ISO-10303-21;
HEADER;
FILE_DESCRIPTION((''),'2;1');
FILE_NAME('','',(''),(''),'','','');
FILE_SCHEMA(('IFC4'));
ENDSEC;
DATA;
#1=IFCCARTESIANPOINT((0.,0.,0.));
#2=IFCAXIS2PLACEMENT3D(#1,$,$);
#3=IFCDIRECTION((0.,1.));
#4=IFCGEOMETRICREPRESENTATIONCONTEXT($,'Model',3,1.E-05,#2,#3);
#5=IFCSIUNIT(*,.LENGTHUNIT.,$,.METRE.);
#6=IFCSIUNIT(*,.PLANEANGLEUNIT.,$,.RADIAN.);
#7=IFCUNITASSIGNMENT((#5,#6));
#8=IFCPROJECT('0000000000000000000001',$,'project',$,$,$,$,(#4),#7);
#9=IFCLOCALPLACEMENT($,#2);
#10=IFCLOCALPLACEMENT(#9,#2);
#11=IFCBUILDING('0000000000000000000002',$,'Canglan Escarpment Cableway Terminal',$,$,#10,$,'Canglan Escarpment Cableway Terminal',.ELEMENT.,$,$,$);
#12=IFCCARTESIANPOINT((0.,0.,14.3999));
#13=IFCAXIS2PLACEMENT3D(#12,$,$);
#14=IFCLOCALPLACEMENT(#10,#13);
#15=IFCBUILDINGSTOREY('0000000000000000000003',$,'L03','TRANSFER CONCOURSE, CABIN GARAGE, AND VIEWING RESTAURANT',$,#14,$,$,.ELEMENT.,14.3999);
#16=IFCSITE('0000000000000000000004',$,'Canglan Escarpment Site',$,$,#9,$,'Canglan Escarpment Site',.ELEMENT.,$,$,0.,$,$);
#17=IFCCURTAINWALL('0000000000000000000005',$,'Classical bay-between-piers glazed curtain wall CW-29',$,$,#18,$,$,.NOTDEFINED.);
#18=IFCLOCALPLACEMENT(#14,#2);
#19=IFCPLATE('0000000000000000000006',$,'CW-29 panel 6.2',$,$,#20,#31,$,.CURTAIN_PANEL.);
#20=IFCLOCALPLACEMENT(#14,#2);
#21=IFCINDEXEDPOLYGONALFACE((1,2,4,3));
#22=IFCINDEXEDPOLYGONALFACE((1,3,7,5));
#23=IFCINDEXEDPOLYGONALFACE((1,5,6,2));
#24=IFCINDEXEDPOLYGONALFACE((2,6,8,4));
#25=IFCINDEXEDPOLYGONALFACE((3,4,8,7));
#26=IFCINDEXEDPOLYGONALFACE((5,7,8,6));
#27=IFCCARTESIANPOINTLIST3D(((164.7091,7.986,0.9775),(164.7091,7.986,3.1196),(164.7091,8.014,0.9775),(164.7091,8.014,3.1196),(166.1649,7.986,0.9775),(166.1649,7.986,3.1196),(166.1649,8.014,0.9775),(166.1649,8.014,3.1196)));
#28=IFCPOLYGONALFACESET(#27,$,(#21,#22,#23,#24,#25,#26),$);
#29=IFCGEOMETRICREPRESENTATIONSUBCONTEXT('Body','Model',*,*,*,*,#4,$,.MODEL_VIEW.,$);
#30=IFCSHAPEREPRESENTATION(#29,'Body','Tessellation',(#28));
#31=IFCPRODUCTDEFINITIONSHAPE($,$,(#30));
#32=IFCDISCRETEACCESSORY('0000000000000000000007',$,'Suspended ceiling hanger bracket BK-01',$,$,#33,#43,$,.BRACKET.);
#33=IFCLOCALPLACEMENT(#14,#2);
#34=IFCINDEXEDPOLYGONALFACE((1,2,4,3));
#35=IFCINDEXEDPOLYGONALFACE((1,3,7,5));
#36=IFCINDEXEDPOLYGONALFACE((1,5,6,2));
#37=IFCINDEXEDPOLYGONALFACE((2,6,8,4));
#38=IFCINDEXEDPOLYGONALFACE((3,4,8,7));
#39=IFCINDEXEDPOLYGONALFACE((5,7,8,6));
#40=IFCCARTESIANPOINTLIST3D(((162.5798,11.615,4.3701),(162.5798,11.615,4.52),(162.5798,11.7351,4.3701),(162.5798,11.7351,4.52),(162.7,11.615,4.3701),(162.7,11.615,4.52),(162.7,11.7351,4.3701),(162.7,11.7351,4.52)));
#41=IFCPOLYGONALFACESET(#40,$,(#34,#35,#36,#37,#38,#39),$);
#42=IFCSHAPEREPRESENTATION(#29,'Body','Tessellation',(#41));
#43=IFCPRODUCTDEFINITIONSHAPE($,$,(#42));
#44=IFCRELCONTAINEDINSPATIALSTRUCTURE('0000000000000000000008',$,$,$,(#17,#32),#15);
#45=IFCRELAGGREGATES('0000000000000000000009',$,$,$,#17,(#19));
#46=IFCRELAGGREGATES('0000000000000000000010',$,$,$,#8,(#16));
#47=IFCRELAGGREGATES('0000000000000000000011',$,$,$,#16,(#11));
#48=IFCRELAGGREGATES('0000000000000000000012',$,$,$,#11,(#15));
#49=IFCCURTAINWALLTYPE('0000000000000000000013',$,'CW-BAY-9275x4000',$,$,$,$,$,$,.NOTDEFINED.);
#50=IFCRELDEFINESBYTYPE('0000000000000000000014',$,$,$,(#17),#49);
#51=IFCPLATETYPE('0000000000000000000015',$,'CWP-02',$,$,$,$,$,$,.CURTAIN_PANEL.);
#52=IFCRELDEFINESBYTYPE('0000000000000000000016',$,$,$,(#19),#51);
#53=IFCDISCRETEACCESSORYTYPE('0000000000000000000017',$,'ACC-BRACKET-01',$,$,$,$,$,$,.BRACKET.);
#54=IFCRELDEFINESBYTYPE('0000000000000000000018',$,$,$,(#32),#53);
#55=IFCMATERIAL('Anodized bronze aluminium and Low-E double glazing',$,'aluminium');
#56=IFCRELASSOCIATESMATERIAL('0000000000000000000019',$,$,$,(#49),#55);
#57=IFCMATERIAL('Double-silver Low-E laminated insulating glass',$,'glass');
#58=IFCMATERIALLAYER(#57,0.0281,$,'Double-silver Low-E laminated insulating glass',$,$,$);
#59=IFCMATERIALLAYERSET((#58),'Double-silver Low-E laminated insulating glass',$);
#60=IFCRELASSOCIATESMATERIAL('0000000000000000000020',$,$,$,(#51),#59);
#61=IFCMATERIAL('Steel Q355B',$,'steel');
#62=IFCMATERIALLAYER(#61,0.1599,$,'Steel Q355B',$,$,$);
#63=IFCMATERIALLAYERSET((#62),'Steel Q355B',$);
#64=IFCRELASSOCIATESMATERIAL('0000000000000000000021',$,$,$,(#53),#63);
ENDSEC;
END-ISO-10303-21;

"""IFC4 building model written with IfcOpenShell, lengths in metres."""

from ifc_helpers import new_model, si_unit, direction, frame, origin, origin_2d, place, context, subcontext, project, spatial, rectangle, extrude, material, layer, layer_set, type_object, element, aggregate, save


model = new_model("IFC4")

# Units and contexts
model_context = context("Model", 3, precision=1e-05, world=origin(), true_north=direction((0.0, 1.0)))
body_context = subcontext(model_context, "Body", "Model", "MODEL_VIEW")
ifc_project = project(units=[si_unit("LENGTHUNIT", "METRE"), si_unit("PLANEANGLEUNIT", "RADIAN")], contexts=[model_context])

# Site, building, storey
site_placement = place(None, origin())
site = spatial("IfcSite", under=ifc_project, at=site_placement, Name="Canglan Escarpment Site", LongName="Canglan Escarpment Site", CompositionType="ELEMENT", RefElevation=0.0)
building_placement = place(site_placement, origin())
building = spatial("IfcBuilding", under=site, at=building_placement, Name="Canglan Escarpment Cableway Terminal", LongName="Canglan Escarpment Cableway Terminal", CompositionType="ELEMENT")
storey_placement = place(building_placement, frame((0.0, 0.0, 14.3999)))
storey = spatial("IfcBuildingStorey", under=building, at=storey_placement, Name="L03", Description="TRANSFER CONCOURSE, CABIN GARAGE, AND VIEWING RESTAURANT", CompositionType="ELEMENT", Elevation=14.3999)

# Curtain wall, plate
ifc_material_1 = material(Name="Anodized bronze aluminium and Low-E double glazing", Category="aluminium")
curtain_wall_type = type_object("IfcCurtainWallType", Name="CW-BAY-9275x4000", PredefinedType="NOTDEFINED", material=ifc_material_1)
curtain_wall_placement = place(storey_placement, origin())
curtain_wall = element("IfcCurtainWall", 1, at=curtain_wall_placement, inside=storey, type_object=curtain_wall_type, Name="Classical bay-between-piers glazed curtain wall CW-29", PredefinedType="NOTDEFINED")
ifc_material_2 = material(Name="Double-silver Low-E laminated insulating glass", Category="glass")
ifc_layer_1 = layer(ifc_material_2, 0.0281, Name="Double-silver Low-E laminated insulating glass")
ifc_layer_set_1 = layer_set([ifc_layer_1], Name="Double-silver Low-E laminated insulating glass")
plate_type = type_object("IfcPlateType", Name="CWP-02", PredefinedType="CURTAIN_PANEL", material=ifc_layer_set_1)
plate_1_placement = place(storey_placement, frame((165.437, 8.0, 0.9775), z_axis=(0.0, 0.0, 1.0), x_axis=(1.0, 0.0, 0.0)))
plate_1 = element("IfcPlate", 2, at=plate_1_placement, type_object=plate_type, Name="CW-29 panel 6.2", PredefinedType="CURTAIN_PANEL", context=body_context, shape_type="SweptSolid", body=[
    extrude(rectangle(XDim=1.4558, YDim=0.0281, at=origin_2d()), origin(), (0.0, 0.0, 1.0), 2.1421),
])
aggregate(curtain_wall, [plate_1])

# Discrete accessory
ifc_material_3 = material(Name="Steel Q355B", Category="steel")
ifc_layer_2 = layer(ifc_material_3, 0.1599, Name="Steel Q355B")
ifc_layer_set_2 = layer_set([ifc_layer_2], Name="Steel Q355B")
discrete_accessory_type = type_object("IfcDiscreteAccessoryType", Name="ACC-BRACKET-01", PredefinedType="BRACKET", material=ifc_layer_set_2)
discrete_accessory_placement = place(storey_placement, frame((162.6399, 11.675, 4.3701), z_axis=(0.0, 0.0, 1.0), x_axis=(1.0, 0.0, 0.0)))
element("IfcDiscreteAccessory", 3, at=discrete_accessory_placement, inside=storey, type_object=discrete_accessory_type, Name="Suspended ceiling hanger bracket BK-01", PredefinedType="BRACKET", context=body_context, shape_type="SweptSolid", body=[
    extrude(rectangle(XDim=0.1201, YDim=0.1201, at=origin_2d()), origin(), (0.0, 0.0, 1.0), 0.1499),
])

save(model, "model.ifc")
